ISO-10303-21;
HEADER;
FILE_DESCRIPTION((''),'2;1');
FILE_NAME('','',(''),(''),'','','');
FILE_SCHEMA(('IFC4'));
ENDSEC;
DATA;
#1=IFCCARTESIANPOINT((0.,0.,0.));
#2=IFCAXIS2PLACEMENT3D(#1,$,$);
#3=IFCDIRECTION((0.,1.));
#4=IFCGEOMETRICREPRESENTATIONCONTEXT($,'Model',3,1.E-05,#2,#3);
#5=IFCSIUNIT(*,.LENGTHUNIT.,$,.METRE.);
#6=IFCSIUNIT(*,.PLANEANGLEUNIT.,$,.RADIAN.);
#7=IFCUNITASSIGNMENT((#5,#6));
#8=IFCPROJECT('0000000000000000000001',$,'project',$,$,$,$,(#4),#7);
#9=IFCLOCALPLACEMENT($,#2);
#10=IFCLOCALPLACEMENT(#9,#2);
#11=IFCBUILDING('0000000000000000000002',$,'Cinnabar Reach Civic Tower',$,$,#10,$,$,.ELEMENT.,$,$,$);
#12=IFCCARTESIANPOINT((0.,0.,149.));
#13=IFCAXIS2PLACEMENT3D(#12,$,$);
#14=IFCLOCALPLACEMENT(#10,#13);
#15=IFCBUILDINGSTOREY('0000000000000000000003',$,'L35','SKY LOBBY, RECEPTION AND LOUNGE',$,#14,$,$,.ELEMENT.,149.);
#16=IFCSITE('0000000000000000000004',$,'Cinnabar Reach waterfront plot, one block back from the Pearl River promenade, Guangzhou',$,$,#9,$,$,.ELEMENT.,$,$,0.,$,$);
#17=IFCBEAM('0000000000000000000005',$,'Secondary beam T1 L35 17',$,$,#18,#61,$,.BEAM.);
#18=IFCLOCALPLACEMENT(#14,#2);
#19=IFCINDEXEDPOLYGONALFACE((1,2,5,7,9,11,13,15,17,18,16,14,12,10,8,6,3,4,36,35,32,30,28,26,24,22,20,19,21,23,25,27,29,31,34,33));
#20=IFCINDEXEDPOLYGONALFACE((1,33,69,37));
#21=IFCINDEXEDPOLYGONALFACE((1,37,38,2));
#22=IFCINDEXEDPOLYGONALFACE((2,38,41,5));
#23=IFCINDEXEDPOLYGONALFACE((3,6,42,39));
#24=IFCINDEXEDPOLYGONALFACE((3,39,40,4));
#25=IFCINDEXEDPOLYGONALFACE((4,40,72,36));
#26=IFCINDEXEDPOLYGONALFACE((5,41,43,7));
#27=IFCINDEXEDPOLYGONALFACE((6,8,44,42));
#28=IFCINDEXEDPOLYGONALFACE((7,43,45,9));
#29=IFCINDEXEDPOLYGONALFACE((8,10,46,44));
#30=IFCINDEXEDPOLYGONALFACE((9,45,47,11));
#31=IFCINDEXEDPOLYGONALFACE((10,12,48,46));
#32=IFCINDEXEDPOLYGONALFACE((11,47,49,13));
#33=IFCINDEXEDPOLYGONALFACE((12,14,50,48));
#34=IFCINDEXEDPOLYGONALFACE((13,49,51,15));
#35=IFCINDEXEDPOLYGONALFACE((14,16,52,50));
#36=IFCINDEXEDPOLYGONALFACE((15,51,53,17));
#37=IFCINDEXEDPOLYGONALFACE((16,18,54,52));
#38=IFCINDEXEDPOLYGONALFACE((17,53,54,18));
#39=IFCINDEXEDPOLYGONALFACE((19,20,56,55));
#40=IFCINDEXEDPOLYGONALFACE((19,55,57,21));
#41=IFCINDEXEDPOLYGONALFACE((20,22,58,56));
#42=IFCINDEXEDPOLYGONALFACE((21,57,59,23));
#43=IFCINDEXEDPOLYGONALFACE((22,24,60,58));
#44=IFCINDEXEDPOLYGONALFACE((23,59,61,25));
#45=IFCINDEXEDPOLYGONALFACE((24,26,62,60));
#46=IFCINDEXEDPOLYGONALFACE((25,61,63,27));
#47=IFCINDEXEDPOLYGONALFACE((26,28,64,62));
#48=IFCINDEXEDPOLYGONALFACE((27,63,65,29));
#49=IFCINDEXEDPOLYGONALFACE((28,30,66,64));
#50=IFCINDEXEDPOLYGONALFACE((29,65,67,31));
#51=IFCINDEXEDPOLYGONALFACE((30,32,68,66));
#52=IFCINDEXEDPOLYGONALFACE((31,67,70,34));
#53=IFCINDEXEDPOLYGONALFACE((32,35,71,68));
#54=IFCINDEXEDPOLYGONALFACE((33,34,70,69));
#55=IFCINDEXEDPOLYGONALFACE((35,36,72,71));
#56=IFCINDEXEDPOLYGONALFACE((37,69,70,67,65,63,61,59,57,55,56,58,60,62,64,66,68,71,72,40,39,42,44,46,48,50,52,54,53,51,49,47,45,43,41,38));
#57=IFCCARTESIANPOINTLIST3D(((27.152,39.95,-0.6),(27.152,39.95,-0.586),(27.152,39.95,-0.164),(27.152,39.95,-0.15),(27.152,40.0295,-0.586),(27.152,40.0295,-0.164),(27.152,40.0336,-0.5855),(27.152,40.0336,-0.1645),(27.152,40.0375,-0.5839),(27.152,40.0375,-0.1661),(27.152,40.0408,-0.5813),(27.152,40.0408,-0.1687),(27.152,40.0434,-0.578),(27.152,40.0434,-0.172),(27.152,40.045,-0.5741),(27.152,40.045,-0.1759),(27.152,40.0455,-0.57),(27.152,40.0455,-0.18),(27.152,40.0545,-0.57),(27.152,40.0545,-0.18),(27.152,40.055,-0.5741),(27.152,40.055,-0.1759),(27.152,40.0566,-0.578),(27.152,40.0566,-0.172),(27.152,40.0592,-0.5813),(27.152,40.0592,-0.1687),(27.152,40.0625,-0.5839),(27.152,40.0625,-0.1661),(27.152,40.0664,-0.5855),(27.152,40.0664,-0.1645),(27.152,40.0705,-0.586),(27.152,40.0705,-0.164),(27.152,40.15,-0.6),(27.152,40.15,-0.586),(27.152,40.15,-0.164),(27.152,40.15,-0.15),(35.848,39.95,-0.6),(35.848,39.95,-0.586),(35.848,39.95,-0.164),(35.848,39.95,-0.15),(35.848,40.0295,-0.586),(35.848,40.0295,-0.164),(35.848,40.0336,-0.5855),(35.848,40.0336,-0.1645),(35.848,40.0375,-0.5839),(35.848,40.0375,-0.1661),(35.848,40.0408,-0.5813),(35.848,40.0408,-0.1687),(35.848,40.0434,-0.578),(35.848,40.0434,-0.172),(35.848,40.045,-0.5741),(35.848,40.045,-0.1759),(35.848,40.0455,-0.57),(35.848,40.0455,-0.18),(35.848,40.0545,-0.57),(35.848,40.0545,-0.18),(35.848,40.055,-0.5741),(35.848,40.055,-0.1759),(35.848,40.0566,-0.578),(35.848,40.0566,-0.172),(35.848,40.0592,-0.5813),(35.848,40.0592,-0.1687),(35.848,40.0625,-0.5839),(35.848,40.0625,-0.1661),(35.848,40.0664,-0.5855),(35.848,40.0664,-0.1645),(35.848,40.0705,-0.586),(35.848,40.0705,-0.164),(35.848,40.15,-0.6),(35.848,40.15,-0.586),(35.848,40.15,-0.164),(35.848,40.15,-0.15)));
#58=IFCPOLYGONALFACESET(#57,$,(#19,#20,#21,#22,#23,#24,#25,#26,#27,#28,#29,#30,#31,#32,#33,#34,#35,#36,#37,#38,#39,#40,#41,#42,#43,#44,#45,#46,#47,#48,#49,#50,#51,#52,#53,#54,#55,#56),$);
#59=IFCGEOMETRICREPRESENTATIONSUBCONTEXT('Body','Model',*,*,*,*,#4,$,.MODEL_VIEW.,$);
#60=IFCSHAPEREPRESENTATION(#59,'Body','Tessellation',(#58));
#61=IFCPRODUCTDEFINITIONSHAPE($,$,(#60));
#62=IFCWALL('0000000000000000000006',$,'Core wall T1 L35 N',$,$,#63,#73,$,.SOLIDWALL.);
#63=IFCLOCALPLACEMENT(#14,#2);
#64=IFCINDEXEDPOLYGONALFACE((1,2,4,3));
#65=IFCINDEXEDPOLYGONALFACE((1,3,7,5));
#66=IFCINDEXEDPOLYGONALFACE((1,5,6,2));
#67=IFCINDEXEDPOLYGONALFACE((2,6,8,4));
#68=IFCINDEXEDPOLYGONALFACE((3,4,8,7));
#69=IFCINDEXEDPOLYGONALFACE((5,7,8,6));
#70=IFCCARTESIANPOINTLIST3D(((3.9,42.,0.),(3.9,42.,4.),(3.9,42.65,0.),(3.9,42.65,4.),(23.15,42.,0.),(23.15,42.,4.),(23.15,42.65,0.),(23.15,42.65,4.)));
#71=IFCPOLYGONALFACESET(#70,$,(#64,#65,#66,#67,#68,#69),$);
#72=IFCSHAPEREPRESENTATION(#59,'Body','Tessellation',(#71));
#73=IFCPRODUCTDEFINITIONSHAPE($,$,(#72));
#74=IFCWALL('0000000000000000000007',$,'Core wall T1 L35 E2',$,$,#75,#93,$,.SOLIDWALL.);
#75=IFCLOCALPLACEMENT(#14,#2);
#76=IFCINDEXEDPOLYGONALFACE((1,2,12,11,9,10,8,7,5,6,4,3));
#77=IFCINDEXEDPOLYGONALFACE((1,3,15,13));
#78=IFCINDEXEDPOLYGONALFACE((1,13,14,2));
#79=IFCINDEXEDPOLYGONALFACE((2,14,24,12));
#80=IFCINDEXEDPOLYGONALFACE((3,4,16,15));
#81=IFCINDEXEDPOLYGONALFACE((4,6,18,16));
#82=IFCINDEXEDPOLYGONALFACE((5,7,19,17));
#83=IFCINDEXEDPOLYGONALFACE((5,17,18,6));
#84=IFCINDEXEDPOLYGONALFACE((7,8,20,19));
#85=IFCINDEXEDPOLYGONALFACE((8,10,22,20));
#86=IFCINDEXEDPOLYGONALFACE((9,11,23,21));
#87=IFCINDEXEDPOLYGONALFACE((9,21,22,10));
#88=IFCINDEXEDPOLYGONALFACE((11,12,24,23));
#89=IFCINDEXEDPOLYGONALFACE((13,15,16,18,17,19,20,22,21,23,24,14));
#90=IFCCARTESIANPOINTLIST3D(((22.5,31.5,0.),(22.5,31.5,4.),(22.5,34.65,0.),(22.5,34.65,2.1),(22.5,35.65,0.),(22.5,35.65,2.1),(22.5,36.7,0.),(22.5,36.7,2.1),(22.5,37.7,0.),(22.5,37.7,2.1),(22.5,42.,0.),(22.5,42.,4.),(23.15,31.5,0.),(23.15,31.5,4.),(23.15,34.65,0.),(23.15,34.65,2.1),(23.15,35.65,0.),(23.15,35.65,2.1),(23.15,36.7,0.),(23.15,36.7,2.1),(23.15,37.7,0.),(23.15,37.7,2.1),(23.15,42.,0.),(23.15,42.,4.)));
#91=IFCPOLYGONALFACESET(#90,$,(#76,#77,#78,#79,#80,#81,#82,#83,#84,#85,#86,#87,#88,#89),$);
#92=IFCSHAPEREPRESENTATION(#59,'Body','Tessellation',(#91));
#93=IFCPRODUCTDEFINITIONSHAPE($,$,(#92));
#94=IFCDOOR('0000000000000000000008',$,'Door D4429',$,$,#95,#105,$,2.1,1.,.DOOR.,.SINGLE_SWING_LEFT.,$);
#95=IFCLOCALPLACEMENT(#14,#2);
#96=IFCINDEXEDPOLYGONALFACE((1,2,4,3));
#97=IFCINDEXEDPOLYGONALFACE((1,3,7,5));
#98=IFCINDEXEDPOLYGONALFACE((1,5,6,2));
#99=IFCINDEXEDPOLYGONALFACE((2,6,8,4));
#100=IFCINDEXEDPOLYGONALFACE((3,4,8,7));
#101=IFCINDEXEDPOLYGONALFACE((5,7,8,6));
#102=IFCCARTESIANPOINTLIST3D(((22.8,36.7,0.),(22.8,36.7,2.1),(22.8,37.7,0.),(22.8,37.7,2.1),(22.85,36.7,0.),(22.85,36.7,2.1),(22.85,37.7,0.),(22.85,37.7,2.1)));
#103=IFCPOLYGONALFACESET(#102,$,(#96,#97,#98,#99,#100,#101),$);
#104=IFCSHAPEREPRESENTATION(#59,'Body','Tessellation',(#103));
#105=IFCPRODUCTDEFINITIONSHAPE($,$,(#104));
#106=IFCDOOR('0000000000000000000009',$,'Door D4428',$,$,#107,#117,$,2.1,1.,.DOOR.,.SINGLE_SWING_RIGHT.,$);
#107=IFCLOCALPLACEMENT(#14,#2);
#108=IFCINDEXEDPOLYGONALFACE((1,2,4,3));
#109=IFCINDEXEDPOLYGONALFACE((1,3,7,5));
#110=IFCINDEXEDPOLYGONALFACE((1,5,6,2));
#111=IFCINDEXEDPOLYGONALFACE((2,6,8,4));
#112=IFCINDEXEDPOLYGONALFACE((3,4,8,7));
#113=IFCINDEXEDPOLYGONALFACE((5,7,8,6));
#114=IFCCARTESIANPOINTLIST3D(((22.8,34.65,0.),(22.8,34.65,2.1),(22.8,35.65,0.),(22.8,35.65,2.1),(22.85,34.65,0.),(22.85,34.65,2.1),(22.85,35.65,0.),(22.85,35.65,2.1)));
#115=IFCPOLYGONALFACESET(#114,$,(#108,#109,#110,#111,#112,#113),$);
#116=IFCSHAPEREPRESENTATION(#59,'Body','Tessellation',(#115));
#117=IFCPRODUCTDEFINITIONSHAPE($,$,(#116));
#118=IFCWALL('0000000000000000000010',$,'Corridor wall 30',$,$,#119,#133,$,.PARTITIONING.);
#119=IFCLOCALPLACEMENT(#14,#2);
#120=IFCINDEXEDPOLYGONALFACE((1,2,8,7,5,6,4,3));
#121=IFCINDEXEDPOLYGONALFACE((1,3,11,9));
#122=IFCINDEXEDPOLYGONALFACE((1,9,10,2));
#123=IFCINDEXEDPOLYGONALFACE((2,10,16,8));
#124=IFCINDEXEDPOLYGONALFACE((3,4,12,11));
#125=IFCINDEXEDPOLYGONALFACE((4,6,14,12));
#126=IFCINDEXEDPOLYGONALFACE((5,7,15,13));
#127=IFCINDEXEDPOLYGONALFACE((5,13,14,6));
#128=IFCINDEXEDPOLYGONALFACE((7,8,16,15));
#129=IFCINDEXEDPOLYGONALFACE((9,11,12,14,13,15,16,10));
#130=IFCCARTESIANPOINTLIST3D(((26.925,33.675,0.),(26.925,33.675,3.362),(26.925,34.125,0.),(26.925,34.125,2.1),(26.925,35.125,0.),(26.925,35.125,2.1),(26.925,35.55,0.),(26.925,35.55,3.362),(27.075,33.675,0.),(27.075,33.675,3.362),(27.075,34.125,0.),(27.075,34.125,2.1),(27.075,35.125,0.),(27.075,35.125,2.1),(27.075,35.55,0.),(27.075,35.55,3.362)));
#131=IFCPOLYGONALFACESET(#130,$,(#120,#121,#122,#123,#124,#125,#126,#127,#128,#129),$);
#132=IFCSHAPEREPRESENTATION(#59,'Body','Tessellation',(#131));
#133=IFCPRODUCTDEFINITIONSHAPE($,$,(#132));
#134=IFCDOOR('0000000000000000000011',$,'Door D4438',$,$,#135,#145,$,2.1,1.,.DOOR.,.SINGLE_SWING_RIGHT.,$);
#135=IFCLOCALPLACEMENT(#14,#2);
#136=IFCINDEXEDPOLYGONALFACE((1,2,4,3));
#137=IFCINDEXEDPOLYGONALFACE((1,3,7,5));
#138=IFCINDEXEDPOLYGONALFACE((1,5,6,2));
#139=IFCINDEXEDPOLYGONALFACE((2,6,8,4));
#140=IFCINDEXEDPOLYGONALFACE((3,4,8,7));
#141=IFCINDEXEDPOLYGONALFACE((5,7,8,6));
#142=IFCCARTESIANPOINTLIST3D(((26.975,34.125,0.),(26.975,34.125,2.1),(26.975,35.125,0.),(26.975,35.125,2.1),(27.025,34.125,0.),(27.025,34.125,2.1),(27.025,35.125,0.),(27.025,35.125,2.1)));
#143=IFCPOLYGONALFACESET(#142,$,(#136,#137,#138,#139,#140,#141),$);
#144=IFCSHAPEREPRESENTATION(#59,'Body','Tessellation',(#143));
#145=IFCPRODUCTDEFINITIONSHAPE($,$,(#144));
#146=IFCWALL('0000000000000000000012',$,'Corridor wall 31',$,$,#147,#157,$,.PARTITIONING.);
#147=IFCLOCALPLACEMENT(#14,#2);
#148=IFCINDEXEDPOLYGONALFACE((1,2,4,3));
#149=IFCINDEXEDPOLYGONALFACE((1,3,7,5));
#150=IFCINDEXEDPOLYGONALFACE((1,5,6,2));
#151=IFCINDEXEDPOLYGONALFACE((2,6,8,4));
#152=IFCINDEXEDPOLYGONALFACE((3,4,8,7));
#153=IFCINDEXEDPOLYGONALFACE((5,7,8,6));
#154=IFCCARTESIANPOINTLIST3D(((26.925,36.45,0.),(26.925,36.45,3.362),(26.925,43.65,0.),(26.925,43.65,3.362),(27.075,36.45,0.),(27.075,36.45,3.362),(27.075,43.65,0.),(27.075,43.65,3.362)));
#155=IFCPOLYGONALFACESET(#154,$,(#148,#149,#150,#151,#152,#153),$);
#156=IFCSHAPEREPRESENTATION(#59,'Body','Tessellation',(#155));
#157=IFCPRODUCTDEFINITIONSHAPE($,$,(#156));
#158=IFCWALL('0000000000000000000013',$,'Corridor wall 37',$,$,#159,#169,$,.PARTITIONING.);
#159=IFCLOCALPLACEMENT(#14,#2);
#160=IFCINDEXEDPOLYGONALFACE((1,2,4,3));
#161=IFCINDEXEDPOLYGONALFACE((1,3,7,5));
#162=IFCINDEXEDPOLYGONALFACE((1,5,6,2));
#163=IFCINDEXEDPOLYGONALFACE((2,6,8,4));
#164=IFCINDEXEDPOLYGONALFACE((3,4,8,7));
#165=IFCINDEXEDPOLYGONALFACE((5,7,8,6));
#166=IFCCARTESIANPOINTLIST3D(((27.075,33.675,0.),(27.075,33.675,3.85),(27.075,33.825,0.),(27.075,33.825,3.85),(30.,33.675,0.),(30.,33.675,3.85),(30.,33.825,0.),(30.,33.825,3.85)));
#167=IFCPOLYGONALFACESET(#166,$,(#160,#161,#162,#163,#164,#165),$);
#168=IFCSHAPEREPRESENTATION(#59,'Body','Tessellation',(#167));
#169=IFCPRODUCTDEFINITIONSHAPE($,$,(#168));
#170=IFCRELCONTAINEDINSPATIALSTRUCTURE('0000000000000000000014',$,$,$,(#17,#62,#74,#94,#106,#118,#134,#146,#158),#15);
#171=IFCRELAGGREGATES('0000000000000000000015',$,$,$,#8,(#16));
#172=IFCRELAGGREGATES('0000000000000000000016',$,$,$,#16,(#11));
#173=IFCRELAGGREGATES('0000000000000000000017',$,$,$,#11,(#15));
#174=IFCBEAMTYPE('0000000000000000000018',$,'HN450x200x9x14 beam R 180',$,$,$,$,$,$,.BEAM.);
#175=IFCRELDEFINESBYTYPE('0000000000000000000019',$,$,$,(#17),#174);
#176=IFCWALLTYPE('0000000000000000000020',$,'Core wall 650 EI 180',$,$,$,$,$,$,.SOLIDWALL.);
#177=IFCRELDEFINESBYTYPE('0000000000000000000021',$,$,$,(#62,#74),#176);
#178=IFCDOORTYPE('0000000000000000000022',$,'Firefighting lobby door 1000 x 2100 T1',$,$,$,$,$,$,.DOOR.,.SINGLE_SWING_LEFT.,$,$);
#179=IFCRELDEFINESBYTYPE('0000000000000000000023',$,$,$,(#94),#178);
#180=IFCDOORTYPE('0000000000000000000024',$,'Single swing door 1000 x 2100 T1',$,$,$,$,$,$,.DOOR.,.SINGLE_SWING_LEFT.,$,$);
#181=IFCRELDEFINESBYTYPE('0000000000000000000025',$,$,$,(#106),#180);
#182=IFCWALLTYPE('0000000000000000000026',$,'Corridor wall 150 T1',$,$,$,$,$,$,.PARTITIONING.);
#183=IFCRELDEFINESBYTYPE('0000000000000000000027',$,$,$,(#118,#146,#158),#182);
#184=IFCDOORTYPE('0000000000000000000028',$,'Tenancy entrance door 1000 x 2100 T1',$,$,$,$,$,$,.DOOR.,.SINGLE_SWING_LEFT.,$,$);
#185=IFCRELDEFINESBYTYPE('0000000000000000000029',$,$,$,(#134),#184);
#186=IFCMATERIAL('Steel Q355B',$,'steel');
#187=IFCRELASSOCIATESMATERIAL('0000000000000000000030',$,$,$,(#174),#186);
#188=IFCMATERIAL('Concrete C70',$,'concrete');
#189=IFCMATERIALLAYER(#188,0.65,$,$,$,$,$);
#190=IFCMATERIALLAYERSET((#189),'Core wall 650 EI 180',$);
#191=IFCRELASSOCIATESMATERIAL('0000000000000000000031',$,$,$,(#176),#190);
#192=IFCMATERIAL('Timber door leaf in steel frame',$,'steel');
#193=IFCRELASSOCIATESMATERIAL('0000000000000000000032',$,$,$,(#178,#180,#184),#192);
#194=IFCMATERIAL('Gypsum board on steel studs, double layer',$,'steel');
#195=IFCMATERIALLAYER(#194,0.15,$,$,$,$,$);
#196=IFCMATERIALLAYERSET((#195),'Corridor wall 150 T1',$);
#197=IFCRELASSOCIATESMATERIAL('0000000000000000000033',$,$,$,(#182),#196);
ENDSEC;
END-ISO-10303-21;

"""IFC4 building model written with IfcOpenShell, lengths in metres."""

from ifc_helpers import new_model, si_unit, direction, frame, frame_2d, origin, origin_2d, place, context, subcontext, project, spatial, rectangle, i_section, extrude, material, layer, layer_set, material_profile, profile_set, type_object, element, fill, save


model = new_model("IFC4")

# Units and contexts
model_context = context("Model", 3, precision=1e-05, world=origin(), true_north=direction((0.0, 1.0)))
body_context = subcontext(model_context, "Body", "Model", "MODEL_VIEW")
ifc_project = project(units=[si_unit("LENGTHUNIT", "METRE"), si_unit("PLANEANGLEUNIT", "RADIAN")], contexts=[model_context])

# Site, building, storey
site_placement = place(None, origin())
site = spatial("IfcSite", under=ifc_project, at=site_placement, Name="Cinnabar Reach waterfront plot, one block back from the Pearl River promenade, Guangzhou", CompositionType="ELEMENT", RefElevation=0.0)
building_placement = place(site_placement, origin())
building = spatial("IfcBuilding", under=site, at=building_placement, Name="Cinnabar Reach Civic Tower", CompositionType="ELEMENT")
storey_placement = place(building_placement, frame((0.0, 0.0, 149.0)))
storey = spatial("IfcBuildingStorey", under=building, at=storey_placement, Name="L35", Description="SKY LOBBY, RECEPTION AND LOUNGE", CompositionType="ELEMENT", Elevation=149.0)

# Shared definitions
ifc_material_1 = material(Name="Concrete C70", Category="concrete")

# Beam
ifc_material_2 = material(Name="Steel Q355B", Category="steel")
ifc_material_profile_1 = material_profile(ifc_material_2, i_section(OverallWidth=0.2, OverallDepth=0.45, WebThickness=0.009, FlangeThickness=0.014, FilletRadius=0.016, at=origin_2d()), Name="HN450x200x9x14")
ifc_profile_set_1 = profile_set([ifc_material_profile_1], Name="Steel Q355B")
beam_type_1 = type_object("IfcBeamType", Name="HN450x200x9x14 beam R 180", PredefinedType="BEAM", material=ifc_profile_set_1)
beam_1_placement = place(storey_placement, frame((27.152, 40.05, -0.375), z_axis=(1.0, 0.0, 0.0), x_axis=(0.0, 1.0, 0.0)))
element("IfcBeam", 1, at=beam_1_placement, inside=storey, type_object=beam_type_1, Name="Secondary beam T1 L35 17", PredefinedType="BEAM", context=body_context, shape_type="SweptSolid", body=[
    extrude(i_section(OverallWidth=0.2, OverallDepth=0.45, WebThickness=0.009, FlangeThickness=0.014, FilletRadius=0.016, at=origin_2d()), origin(), (0.0, 0.0, 1.0), 8.696),
])

# Wall
ifc_layer_1 = layer(ifc_material_1, 0.65)
ifc_layer_set_1 = layer_set([ifc_layer_1], Name="Core wall 650 EI 180")
wall_type_1 = type_object("IfcWallType", Name="Core wall 650 EI 180", PredefinedType="SOLIDWALL", material=ifc_layer_set_1)
wall_1_placement = place(storey_placement, frame((23.15, 42.325, 0.0), z_axis=(0.0, 0.0, 1.0), x_axis=(-1.0, 0.0, 0.0)))
element("IfcWall", 2, at=wall_1_placement, inside=storey, type_object=wall_type_1, Name="Core wall T1 L35 N", PredefinedType="SOLIDWALL", context=body_context, shape_type="SweptSolid", body=[
    extrude(rectangle(XDim=19.25, YDim=0.65, at=frame_2d((9.625, 0.0))), origin(), (0.0, 0.0, 1.0), 4.0),
])

# Wall, openings, doors
wall_2_placement = place(storey_placement, frame((22.825, 31.5, 0.0), z_axis=(0.0, 0.0, 1.0), x_axis=(0.0, 1.0, 0.0)))
wall_2 = element("IfcWall", 3, at=wall_2_placement, inside=storey, type_object=wall_type_1, Name="Core wall T1 L35 E2", PredefinedType="SOLIDWALL", context=body_context, shape_type="SweptSolid", body=[
    extrude(rectangle(XDim=10.5, YDim=0.65, at=frame_2d((5.25, 0.0))), origin(), (0.0, 0.0, 1.0), 4.0),
])
opening_1_placement = place(wall_2_placement, frame((3.15, 0.0, 0.0)))
opening_1 = element("IfcOpeningElement", 4, at=opening_1_placement, cuts=wall_2, PredefinedType="OPENING", context=body_context, shape_type="SweptSolid", body=[
    extrude(rectangle(XDim=1.0, YDim=2.1, at=frame_2d((0.5, 1.05))), frame((0.0, 0.335, 0.0), z_axis=(0.0, -1.0, 0.0), x_axis=(1.0, 0.0, 0.0)), (0.0, 0.0, 1.0), 0.67),
])
opening_2_placement = place(wall_2_placement, frame((5.2, 0.0, 0.0)))
opening_2 = element("IfcOpeningElement", 5, at=opening_2_placement, cuts=wall_2, PredefinedType="OPENING", context=body_context, shape_type="SweptSolid", body=[
    extrude(rectangle(XDim=1.0, YDim=2.1, at=frame_2d((0.5, 1.05))), frame((0.0, 0.335, 0.0), z_axis=(0.0, -1.0, 0.0), x_axis=(1.0, 0.0, 0.0)), (0.0, 0.0, 1.0), 0.67),
])
ifc_material_3 = material(Name="Timber door leaf in steel frame", Category="steel")
door_type_1 = type_object("IfcDoorType", Name="Firefighting lobby door 1000 x 2100 T1", OperationType="SINGLE_SWING_LEFT", PredefinedType="DOOR", material=ifc_material_3)
door_1_placement = place(opening_2_placement, origin())
door_1 = element("IfcDoor", 6, at=door_1_placement, inside=storey, type_object=door_type_1, Name="Door D4429", OperationType="SINGLE_SWING_LEFT", OverallHeight=2.1, OverallWidth=1.0, PredefinedType="DOOR", context=body_context, shape_type="SweptSolid", body=[
    extrude(rectangle(XDim=1.0, YDim=2.1, at=frame_2d((0.5, 1.05))), frame((0.0, 0.025, 0.0), z_axis=(0.0, -1.0, 0.0), x_axis=(1.0, 0.0, 0.0)), (0.0, 0.0, 1.0), 0.05),
])
fill(opening_2, door_1)
door_type_2 = type_object("IfcDoorType", Name="Single swing door 1000 x 2100 T1", OperationType="SINGLE_SWING_LEFT", PredefinedType="DOOR", material=ifc_material_3)
door_2_placement = place(opening_1_placement, origin())
door_2 = element("IfcDoor", 7, at=door_2_placement, inside=storey, type_object=door_type_2, Name="Door D4428", OperationType="SINGLE_SWING_RIGHT", OverallHeight=2.1, OverallWidth=1.0, PredefinedType="DOOR", context=body_context, shape_type="SweptSolid", body=[
    extrude(rectangle(XDim=1.0, YDim=2.1, at=frame_2d((0.5, 1.05))), frame((0.0, 0.025, 0.0), z_axis=(0.0, -1.0, 0.0), x_axis=(1.0, 0.0, 0.0)), (0.0, 0.0, 1.0), 0.05),
])
fill(opening_1, door_2)

# Wall, opening, door
ifc_material_4 = material(Name="Gypsum board on steel studs, double layer", Category="steel")
ifc_layer_2 = layer(ifc_material_4, 0.15)
ifc_layer_set_2 = layer_set([ifc_layer_2], Name="Corridor wall 150 T1")
wall_type_2 = type_object("IfcWallType", Name="Corridor wall 150 T1", PredefinedType="PARTITIONING", material=ifc_layer_set_2)
wall_3_placement = place(storey_placement, frame((27.0, 33.675, 0.0), z_axis=(0.0, 0.0, 1.0), x_axis=(0.0, 1.0, 0.0)))
wall_3 = element("IfcWall", 8, at=wall_3_placement, inside=storey, type_object=wall_type_2, Name="Corridor wall 30", PredefinedType="PARTITIONING", context=body_context, shape_type="SweptSolid", body=[
    extrude(rectangle(XDim=1.875, YDim=0.15, at=frame_2d((0.9375, 0.0))), origin(), (0.0, 0.0, 1.0), 3.362),
])
opening_3_placement = place(wall_3_placement, frame((0.45, 0.0, 0.0)))
opening_3 = element("IfcOpeningElement", 9, at=opening_3_placement, cuts=wall_3, PredefinedType="OPENING", context=body_context, shape_type="SweptSolid", body=[
    extrude(rectangle(XDim=1.0, YDim=2.1, at=frame_2d((0.5, 1.05))), frame((0.0, 0.085, 0.0), z_axis=(0.0, -1.0, 0.0), x_axis=(1.0, 0.0, 0.0)), (0.0, 0.0, 1.0), 0.17),
])
door_type_3 = type_object("IfcDoorType", Name="Tenancy entrance door 1000 x 2100 T1", OperationType="SINGLE_SWING_LEFT", PredefinedType="DOOR", material=ifc_material_3)
door_3_placement = place(opening_3_placement, frame((1.0, 0.0, 0.0), z_axis=(0.0, 0.0, 1.0), x_axis=(-1.0, 0.0, 0.0)))
door_3 = element("IfcDoor", 10, at=door_3_placement, inside=storey, type_object=door_type_3, Name="Door D4438", OperationType="SINGLE_SWING_RIGHT", OverallHeight=2.1, OverallWidth=1.0, PredefinedType="DOOR", context=body_context, shape_type="SweptSolid", body=[
    extrude(rectangle(XDim=1.0, YDim=2.1, at=frame_2d((0.5, 1.05))), frame((0.0, 0.025, 0.0), z_axis=(0.0, -1.0, 0.0), x_axis=(1.0, 0.0, 0.0)), (0.0, 0.0, 1.0), 0.05),
])
fill(opening_3, door_3)

# Walls
wall_4_placement = place(storey_placement, frame((27.0, 36.45, 0.0), z_axis=(0.0, 0.0, 1.0), x_axis=(0.0, 1.0, 0.0)))
element("IfcWall", 11, at=wall_4_placement, inside=storey, type_object=wall_type_2, Name="Corridor wall 31", PredefinedType="PARTITIONING", context=body_context, shape_type="SweptSolid", body=[
    extrude(rectangle(XDim=7.2, YDim=0.15, at=frame_2d((3.6, 0.0))), origin(), (0.0, 0.0, 1.0), 3.362),
])
wall_5_placement = place(storey_placement, frame((27.075, 33.75, 0.0), z_axis=(0.0, 0.0, 1.0), x_axis=(1.0, 0.0, 0.0)))
element("IfcWall", 12, at=wall_5_placement, inside=storey, type_object=wall_type_2, Name="Corridor wall 37", PredefinedType="PARTITIONING", context=body_context, shape_type="SweptSolid", body=[
    extrude(rectangle(XDim=2.925, YDim=0.15, at=frame_2d((1.4625, 0.0))), origin(), (0.0, 0.0, 1.0), 3.85),
])

save(model, "model.ifc")
